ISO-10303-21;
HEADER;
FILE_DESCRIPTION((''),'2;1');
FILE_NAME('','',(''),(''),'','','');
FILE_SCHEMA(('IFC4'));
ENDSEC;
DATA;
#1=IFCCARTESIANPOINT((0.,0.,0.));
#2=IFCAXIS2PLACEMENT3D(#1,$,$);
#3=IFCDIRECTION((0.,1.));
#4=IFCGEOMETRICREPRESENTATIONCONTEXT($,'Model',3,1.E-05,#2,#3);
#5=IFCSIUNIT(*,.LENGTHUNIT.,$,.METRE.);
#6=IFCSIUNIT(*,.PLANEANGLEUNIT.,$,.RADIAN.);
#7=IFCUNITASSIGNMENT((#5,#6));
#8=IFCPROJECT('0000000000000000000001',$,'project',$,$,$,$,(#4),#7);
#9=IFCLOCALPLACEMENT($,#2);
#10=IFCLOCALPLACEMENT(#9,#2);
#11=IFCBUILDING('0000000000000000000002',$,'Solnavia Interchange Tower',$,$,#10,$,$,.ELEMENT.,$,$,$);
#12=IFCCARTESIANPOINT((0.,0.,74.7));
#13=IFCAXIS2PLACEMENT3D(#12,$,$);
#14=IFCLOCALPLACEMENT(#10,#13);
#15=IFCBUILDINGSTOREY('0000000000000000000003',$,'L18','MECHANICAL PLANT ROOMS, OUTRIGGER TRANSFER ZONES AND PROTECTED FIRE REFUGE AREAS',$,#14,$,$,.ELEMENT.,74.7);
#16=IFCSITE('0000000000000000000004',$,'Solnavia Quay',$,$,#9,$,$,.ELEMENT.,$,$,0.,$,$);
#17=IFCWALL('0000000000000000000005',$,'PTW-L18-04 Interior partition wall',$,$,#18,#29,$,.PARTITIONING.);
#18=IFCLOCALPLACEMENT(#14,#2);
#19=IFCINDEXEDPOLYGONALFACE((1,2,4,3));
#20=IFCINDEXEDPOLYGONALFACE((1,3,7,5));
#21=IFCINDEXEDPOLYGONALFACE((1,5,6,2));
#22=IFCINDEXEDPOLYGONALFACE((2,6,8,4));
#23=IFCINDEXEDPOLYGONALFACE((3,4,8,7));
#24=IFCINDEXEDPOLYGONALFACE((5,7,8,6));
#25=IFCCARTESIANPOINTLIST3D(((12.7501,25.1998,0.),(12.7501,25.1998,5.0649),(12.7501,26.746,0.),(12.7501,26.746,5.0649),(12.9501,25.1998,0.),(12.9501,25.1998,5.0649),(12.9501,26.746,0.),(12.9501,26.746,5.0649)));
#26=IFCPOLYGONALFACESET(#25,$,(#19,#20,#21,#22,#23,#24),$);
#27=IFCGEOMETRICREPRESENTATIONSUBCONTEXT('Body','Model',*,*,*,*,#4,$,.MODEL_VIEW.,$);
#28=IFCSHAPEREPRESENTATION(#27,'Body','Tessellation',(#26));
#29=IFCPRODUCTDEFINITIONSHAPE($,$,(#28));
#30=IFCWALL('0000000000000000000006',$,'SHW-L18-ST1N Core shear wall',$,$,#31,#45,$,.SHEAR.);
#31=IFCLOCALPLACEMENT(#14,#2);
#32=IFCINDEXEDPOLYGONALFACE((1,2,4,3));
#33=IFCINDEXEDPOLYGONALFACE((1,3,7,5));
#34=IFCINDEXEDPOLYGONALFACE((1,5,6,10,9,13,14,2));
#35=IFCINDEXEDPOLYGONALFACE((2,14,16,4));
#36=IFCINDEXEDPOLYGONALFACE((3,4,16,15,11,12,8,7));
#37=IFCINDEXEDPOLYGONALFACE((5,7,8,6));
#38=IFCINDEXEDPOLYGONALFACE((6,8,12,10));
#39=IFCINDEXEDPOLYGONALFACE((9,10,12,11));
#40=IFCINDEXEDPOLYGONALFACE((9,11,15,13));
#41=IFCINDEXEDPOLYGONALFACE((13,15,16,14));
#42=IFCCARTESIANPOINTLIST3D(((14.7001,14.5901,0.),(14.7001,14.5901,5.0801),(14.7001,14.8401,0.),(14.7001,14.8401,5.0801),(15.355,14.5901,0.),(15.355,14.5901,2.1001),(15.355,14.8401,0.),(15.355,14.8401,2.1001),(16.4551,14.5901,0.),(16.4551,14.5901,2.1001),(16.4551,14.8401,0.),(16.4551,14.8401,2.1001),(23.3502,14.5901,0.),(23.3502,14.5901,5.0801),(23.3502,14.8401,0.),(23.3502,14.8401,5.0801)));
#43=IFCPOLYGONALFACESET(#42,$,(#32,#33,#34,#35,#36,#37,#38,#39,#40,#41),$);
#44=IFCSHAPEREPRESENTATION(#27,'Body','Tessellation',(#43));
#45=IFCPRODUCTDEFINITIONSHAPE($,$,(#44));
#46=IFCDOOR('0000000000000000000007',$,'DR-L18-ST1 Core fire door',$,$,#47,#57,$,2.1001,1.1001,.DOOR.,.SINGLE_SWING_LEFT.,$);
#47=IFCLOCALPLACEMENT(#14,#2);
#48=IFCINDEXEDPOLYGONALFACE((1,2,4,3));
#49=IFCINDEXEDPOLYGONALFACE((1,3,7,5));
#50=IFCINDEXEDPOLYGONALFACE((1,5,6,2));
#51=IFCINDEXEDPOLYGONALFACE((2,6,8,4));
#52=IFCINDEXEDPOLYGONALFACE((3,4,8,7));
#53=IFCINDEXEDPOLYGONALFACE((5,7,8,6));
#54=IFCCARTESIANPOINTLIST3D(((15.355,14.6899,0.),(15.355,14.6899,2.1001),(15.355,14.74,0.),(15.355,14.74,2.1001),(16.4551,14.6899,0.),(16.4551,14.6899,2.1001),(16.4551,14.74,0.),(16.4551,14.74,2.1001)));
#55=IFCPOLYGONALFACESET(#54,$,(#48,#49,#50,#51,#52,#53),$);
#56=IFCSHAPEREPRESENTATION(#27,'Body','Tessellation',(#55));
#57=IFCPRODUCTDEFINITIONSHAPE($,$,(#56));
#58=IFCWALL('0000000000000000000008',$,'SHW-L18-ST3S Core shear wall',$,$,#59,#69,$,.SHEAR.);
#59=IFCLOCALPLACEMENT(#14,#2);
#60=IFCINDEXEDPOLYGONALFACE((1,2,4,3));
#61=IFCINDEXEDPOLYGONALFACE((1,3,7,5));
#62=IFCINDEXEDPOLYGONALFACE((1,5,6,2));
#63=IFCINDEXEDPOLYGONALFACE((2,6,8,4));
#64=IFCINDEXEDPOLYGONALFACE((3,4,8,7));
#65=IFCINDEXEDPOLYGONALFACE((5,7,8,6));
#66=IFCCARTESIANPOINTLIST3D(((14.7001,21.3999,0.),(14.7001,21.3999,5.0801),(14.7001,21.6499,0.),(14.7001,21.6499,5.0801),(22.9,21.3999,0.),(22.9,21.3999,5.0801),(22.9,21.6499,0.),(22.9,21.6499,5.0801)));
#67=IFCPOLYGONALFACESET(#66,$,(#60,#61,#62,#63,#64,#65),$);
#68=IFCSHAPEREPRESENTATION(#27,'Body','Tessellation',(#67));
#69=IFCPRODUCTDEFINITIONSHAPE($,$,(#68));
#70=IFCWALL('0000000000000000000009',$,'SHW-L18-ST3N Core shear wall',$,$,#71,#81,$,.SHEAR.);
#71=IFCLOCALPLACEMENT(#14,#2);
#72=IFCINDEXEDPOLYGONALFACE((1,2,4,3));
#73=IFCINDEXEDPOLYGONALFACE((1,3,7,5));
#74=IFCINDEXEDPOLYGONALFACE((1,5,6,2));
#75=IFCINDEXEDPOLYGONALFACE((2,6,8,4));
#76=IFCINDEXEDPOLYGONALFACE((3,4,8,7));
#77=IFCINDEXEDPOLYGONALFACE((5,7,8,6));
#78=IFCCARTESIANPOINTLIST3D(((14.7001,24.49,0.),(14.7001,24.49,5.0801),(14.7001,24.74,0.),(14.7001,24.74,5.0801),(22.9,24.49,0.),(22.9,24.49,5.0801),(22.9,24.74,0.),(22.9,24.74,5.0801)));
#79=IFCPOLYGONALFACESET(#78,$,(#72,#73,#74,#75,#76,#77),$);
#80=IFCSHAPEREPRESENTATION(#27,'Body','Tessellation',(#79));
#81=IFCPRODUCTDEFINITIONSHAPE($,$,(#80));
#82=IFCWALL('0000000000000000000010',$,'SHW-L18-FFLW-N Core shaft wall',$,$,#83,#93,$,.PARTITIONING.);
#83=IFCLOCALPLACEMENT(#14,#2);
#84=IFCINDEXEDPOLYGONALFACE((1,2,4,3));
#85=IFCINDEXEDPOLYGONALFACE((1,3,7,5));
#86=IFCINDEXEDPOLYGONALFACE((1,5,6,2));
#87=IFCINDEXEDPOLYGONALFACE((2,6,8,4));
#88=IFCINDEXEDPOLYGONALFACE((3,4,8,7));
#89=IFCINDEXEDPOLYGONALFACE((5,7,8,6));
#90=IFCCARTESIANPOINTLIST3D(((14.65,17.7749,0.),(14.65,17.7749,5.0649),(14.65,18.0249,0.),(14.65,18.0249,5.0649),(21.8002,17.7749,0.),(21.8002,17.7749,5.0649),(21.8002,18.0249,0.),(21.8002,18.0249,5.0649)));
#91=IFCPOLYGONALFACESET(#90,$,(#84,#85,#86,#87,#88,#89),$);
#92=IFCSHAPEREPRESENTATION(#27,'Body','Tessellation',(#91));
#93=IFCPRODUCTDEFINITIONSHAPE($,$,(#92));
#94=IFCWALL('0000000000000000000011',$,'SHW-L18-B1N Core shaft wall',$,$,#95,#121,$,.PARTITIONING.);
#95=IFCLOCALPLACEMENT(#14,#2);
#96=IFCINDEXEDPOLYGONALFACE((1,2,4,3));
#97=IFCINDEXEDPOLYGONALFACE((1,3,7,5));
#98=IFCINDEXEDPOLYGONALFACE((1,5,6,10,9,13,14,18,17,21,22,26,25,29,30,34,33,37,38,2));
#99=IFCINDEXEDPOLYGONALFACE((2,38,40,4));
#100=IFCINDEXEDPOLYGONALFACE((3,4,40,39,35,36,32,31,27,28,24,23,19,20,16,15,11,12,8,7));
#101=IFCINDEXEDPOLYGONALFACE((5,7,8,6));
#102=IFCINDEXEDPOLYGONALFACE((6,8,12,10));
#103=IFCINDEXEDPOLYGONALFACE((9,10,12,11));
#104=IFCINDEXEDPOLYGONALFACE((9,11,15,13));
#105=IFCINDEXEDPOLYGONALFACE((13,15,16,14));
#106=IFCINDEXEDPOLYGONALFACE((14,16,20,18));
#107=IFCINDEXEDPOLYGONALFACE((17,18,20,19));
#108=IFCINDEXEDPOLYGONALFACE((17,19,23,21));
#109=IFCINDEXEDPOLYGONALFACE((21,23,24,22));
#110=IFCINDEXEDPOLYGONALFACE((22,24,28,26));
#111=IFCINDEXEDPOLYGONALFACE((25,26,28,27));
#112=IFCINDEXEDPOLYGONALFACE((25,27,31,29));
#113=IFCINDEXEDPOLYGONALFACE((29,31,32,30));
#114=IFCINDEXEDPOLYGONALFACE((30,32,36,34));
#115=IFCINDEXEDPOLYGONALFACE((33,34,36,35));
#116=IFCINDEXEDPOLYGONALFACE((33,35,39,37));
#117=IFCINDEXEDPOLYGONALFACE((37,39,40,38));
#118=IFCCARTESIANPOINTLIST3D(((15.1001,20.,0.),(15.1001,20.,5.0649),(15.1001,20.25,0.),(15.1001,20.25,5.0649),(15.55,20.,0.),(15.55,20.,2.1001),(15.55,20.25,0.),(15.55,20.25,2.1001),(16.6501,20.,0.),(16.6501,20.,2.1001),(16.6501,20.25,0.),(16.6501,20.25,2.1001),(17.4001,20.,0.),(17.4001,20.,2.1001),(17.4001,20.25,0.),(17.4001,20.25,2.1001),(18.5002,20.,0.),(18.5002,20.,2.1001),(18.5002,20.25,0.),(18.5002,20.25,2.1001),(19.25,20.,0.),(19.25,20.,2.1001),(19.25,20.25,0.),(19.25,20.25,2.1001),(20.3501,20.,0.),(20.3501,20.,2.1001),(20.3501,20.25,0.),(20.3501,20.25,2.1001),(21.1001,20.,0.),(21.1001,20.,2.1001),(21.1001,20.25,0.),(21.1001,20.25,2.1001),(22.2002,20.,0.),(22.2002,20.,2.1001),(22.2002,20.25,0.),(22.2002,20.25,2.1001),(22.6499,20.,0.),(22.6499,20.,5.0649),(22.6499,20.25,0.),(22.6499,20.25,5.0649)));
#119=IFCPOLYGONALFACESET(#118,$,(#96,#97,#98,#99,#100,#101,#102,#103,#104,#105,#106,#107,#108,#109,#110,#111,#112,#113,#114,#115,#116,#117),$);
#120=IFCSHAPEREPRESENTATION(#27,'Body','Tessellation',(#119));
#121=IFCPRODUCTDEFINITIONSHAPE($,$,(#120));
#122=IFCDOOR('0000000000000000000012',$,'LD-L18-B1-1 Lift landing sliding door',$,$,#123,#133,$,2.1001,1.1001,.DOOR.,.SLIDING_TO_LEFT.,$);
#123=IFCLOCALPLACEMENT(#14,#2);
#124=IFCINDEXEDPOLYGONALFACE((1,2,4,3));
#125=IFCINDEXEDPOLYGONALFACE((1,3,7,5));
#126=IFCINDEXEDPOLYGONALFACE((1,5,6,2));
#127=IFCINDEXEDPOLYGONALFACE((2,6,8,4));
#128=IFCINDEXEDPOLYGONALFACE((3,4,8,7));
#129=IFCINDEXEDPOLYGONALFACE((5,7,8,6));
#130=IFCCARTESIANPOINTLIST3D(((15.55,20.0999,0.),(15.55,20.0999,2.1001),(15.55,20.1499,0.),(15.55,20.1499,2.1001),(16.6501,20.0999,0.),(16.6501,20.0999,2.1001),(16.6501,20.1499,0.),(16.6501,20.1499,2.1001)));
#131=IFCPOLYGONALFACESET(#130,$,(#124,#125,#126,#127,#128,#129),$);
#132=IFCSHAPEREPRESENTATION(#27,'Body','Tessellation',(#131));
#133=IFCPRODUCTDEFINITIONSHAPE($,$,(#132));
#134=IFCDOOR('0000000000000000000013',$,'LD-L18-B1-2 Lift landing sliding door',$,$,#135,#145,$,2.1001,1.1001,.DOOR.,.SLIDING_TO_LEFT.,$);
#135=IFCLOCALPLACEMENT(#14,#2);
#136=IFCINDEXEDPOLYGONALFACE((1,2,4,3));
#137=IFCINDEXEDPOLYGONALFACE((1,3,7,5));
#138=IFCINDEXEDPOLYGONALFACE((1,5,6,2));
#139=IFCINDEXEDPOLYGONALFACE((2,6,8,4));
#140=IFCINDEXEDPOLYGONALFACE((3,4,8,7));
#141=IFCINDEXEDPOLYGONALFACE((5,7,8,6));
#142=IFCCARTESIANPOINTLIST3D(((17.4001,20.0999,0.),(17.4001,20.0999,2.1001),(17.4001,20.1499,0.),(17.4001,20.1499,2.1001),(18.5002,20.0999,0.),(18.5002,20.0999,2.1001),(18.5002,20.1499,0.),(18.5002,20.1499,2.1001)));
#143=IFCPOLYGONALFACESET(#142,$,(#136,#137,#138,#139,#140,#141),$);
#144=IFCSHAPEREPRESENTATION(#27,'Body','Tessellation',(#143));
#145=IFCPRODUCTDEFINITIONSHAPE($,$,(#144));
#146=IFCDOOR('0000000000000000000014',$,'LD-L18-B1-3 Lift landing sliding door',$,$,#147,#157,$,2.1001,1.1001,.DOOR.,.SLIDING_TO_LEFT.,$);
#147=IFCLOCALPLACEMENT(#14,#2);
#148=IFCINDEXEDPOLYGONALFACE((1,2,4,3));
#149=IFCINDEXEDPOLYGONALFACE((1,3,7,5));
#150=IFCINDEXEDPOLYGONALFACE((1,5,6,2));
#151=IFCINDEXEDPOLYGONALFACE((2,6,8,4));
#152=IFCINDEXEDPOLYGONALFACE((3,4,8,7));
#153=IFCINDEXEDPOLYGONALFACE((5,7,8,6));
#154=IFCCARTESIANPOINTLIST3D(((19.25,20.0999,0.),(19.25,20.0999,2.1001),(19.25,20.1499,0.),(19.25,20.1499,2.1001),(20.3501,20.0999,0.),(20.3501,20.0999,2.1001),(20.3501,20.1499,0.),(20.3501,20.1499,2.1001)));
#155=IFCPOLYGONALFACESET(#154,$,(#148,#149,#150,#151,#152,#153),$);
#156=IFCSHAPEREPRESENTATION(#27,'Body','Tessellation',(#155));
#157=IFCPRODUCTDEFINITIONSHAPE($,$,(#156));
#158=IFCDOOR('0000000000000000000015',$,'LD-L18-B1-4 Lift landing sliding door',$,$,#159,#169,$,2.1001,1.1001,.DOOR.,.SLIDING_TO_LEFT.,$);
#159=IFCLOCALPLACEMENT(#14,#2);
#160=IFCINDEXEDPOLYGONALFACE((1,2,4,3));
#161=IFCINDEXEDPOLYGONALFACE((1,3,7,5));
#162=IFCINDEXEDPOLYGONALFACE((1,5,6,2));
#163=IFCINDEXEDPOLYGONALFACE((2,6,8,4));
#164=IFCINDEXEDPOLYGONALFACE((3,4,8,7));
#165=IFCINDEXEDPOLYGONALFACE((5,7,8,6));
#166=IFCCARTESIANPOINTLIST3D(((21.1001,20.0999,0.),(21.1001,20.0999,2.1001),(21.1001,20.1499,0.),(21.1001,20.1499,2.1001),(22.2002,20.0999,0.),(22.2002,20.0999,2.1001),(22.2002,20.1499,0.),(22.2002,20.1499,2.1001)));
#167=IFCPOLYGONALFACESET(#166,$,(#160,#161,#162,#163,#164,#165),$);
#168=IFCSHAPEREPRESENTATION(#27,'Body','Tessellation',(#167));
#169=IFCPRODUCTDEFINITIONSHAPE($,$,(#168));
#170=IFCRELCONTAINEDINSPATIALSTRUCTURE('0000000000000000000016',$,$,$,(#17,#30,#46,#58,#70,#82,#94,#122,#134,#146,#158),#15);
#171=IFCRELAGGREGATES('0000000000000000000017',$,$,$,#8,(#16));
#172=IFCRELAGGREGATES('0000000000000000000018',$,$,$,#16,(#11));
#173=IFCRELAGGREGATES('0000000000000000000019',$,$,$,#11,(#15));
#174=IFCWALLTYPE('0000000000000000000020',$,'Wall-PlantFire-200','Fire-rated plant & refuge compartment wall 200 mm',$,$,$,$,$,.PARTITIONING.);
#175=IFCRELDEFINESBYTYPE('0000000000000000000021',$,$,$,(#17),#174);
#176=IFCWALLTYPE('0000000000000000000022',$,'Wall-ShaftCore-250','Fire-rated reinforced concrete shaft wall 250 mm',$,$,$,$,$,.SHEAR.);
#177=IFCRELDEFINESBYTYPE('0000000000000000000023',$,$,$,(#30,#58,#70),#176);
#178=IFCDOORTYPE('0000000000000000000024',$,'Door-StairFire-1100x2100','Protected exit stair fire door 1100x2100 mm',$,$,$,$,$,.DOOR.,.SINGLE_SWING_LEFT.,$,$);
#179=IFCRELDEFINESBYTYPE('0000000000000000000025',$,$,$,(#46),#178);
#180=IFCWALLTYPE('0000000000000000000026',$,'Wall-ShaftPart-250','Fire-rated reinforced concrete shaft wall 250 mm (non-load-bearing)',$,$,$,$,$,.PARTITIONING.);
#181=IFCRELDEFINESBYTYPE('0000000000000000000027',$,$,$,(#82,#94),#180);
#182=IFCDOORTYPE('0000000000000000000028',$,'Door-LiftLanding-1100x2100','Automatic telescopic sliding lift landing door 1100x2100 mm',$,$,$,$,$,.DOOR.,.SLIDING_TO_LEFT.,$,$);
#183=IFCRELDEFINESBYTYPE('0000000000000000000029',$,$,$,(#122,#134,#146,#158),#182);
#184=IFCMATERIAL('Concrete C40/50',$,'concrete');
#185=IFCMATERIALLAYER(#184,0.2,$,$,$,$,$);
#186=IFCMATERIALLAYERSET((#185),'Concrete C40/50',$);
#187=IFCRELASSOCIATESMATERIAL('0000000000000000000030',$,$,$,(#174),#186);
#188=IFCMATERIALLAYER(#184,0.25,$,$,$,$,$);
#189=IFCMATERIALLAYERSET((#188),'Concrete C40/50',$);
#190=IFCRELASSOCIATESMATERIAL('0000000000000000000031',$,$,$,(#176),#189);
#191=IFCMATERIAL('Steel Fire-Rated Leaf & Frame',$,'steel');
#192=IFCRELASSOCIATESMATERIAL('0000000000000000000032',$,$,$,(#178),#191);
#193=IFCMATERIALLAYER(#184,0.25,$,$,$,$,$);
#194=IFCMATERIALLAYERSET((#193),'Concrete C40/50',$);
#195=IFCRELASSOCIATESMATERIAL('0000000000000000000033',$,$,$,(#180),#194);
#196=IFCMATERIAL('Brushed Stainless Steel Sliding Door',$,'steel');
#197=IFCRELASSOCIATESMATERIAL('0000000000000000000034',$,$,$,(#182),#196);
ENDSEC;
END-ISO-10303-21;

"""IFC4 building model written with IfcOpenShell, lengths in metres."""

from ifc_helpers import new_model, si_unit, direction, frame, frame_2d, origin, place, context, subcontext, project, spatial, rectangle, extrude, material, layer, layer_set, type_object, element, fill, save


model = new_model("IFC4")

# Units and contexts
model_context = context("Model", 3, precision=1e-05, world=origin(), true_north=direction((0.0, 1.0)))
body_context = subcontext(model_context, "Body", "Model", "MODEL_VIEW")
ifc_project = project(units=[si_unit("LENGTHUNIT", "METRE"), si_unit("PLANEANGLEUNIT", "RADIAN")], contexts=[model_context])

# Site, building, storey
site_placement = place(None, origin())
site = spatial("IfcSite", under=ifc_project, at=site_placement, Name="Solnavia Quay", CompositionType="ELEMENT", RefElevation=0.0)
building_placement = place(site_placement, origin())
building = spatial("IfcBuilding", under=site, at=building_placement, Name="Solnavia Interchange Tower", CompositionType="ELEMENT")
storey_placement = place(building_placement, frame((0.0, 0.0, 74.7)))
storey = spatial("IfcBuildingStorey", under=building, at=storey_placement, Name="L18", Description="MECHANICAL PLANT ROOMS, OUTRIGGER TRANSFER ZONES AND PROTECTED FIRE REFUGE AREAS", CompositionType="ELEMENT", Elevation=74.7)

# Wall
ifc_material_1 = material(Name="Concrete C40/50", Category="concrete")
ifc_layer_1 = layer(ifc_material_1, 0.2)
ifc_layer_set_1 = layer_set([ifc_layer_1], Name="Concrete C40/50")
wall_type_1 = type_object("IfcWallType", Name="Wall-PlantFire-200", Description="Fire-rated plant & refuge compartment wall 200 mm", PredefinedType="PARTITIONING", material=ifc_layer_set_1)
wall_1_placement = place(storey_placement, frame((12.8501, 25.2, 0.0), z_axis=(0.0, 0.0, 1.0), x_axis=(0.0, 1.0, 0.0)))
element("IfcWall", 1, at=wall_1_placement, inside=storey, type_object=wall_type_1, Name="PTW-L18-04 Interior partition wall", PredefinedType="PARTITIONING", context=body_context, shape_type="SweptSolid", body=[
    extrude(rectangle(XDim=1.5461, YDim=0.2, at=frame_2d((0.7729, 0.0))), origin(), (0.0, 0.0, 1.0), 5.0649),
])

# Wall, opening, door
ifc_layer_2 = layer(ifc_material_1, 0.25)
ifc_layer_set_2 = layer_set([ifc_layer_2], Name="Concrete C40/50")
wall_type_2 = type_object("IfcWallType", Name="Wall-ShaftCore-250", Description="Fire-rated reinforced concrete shaft wall 250 mm", PredefinedType="SHEAR", material=ifc_layer_set_2)
wall_2_placement = place(storey_placement, frame((14.7, 14.7151, 0.0), z_axis=(0.0, 0.0, 1.0), x_axis=(1.0, 0.0, 0.0)))
wall_2 = element("IfcWall", 2, at=wall_2_placement, inside=storey, type_object=wall_type_2, Name="SHW-L18-ST1N Core shear wall", PredefinedType="SHEAR", context=body_context, shape_type="SweptSolid", body=[
    extrude(rectangle(XDim=8.6501, YDim=0.25, at=frame_2d((4.3252, 0.0))), origin(), (0.0, 0.0, 1.0), 5.0801),
])
opening_1_placement = place(wall_2_placement, frame((0.655, 0.0, 0.0)))
opening_1 = element("IfcOpeningElement", 3, at=opening_1_placement, cuts=wall_2, PredefinedType="OPENING", context=body_context, shape_type="SweptSolid", body=[
    extrude(rectangle(XDim=1.1001, YDim=2.1001, at=frame_2d((0.55, 1.05))), frame((0.0, 0.135, 0.0), z_axis=(0.0, -1.0, 0.0), x_axis=(1.0, 0.0, 0.0)), (0.0, 0.0, 1.0), 0.27),
])
ifc_material_2 = material(Name="Steel Fire-Rated Leaf & Frame", Category="steel")
door_type_1 = type_object("IfcDoorType", Name="Door-StairFire-1100x2100", Description="Protected exit stair fire door 1100x2100 mm", OperationType="SINGLE_SWING_LEFT", PredefinedType="DOOR", material=ifc_material_2)
door_1_placement = place(opening_1_placement, origin())
door_1 = element("IfcDoor", 4, at=door_1_placement, inside=storey, type_object=door_type_1, Name="DR-L18-ST1 Core fire door", OperationType="SINGLE_SWING_LEFT", OverallHeight=2.1001, OverallWidth=1.1001, PredefinedType="DOOR", context=body_context, shape_type="SweptSolid", body=[
    extrude(rectangle(XDim=1.1001, YDim=2.1001, at=frame_2d((0.55, 1.05))), frame((0.0, 0.0249, 0.0), z_axis=(0.0, -1.0, 0.0), x_axis=(1.0, 0.0, 0.0)), (0.0, 0.0, 1.0), 0.05),
])
fill(opening_1, door_1)

# Walls
for number, where, z_axis, x_axis, name in (
    (5, (14.7, 21.5249, 0.0), (0.0, 0.0, 1.0), (1.0, 0.0, 0.0), "SHW-L18-ST3S Core shear wall"),
    (6, (14.7, 24.615, 0.0), (0.0, 0.0, 1.0), (1.0, 0.0, 0.0), "SHW-L18-ST3N Core shear wall"),
):
    element("IfcWall", number, at=place(storey_placement, frame(where, z_axis=z_axis, x_axis=x_axis)), inside=storey, type_object=wall_type_2, Name=name, PredefinedType="SHEAR", context=body_context, shape_type="SweptSolid", body=[
        extrude(rectangle(XDim=8.2, YDim=0.25, at=frame_2d((4.1001, 0.0))), origin(), (0.0, 0.0, 1.0), 5.0801),
    ])
ifc_layer_3 = layer(ifc_material_1, 0.25)
ifc_layer_set_3 = layer_set([ifc_layer_3], Name="Concrete C40/50")
wall_type_3 = type_object("IfcWallType", Name="Wall-ShaftPart-250", Description="Fire-rated reinforced concrete shaft wall 250 mm (non-load-bearing)", PredefinedType="PARTITIONING", material=ifc_layer_set_3)
wall_3_placement = place(storey_placement, frame((14.6499, 17.8999, 0.0), z_axis=(0.0, 0.0, 1.0), x_axis=(1.0, 0.0, 0.0)))
element("IfcWall", 7, at=wall_3_placement, inside=storey, type_object=wall_type_3, Name="SHW-L18-FFLW-N Core shaft wall", PredefinedType="PARTITIONING", context=body_context, shape_type="SweptSolid", body=[
    extrude(rectangle(XDim=7.1501, YDim=0.25, at=frame_2d((3.5752, 0.0))), origin(), (0.0, 0.0, 1.0), 5.0649),
])

# Wall, openings, doors
wall_4_placement = place(storey_placement, frame((15.1001, 20.125, 0.0), z_axis=(0.0, 0.0, 1.0), x_axis=(1.0, 0.0, 0.0)))
wall_4 = element("IfcWall", 8, at=wall_4_placement, inside=storey, type_object=wall_type_3, Name="SHW-L18-B1N Core shaft wall", PredefinedType="PARTITIONING", context=body_context, shape_type="SweptSolid", body=[
    extrude(rectangle(XDim=7.5498, YDim=0.25, at=frame_2d((3.7749, 0.0))), origin(), (0.0, 0.0, 1.0), 5.0649),
])
opening_2_placement = place(wall_4_placement, frame((0.45, 0.0, 0.0)))
opening_2 = element("IfcOpeningElement", 9, at=opening_2_placement, cuts=wall_4, PredefinedType="OPENING", context=body_context, shape_type="SweptSolid", body=[
    extrude(rectangle(XDim=1.1001, YDim=2.1001, at=frame_2d((0.55, 1.05))), frame((0.0, 0.135, 0.0), z_axis=(0.0, -1.0, 0.0), x_axis=(1.0, 0.0, 0.0)), (0.0, 0.0, 1.0), 0.27),
])
opening_3_placement = place(wall_4_placement, frame((2.3, 0.0, 0.0)))
opening_3 = element("IfcOpeningElement", 10, at=opening_3_placement, cuts=wall_4, PredefinedType="OPENING", context=body_context, shape_type="SweptSolid", body=[
    extrude(rectangle(XDim=1.1001, YDim=2.1001, at=frame_2d((0.55, 1.05))), frame((0.0, 0.135, 0.0), z_axis=(0.0, -1.0, 0.0), x_axis=(1.0, 0.0, 0.0)), (0.0, 0.0, 1.0), 0.27),
])
opening_4_placement = place(wall_4_placement, frame((4.1499, 0.0, 0.0)))
opening_4 = element("IfcOpeningElement", 11, at=opening_4_placement, cuts=wall_4, PredefinedType="OPENING", context=body_context, shape_type="SweptSolid", body=[
    extrude(rectangle(XDim=1.1001, YDim=2.1001, at=frame_2d((0.55, 1.05))), frame((0.0, 0.135, 0.0), z_axis=(0.0, -1.0, 0.0), x_axis=(1.0, 0.0, 0.0)), (0.0, 0.0, 1.0), 0.27),
])
opening_5_placement = place(wall_4_placement, frame((6.0, 0.0, 0.0)))
opening_5 = element("IfcOpeningElement", 12, at=opening_5_placement, cuts=wall_4, PredefinedType="OPENING", context=body_context, shape_type="SweptSolid", body=[
    extrude(rectangle(XDim=1.1001, YDim=2.1001, at=frame_2d((0.55, 1.05))), frame((0.0, 0.135, 0.0), z_axis=(0.0, -1.0, 0.0), x_axis=(1.0, 0.0, 0.0)), (0.0, 0.0, 1.0), 0.27),
])
ifc_material_3 = material(Name="Brushed Stainless Steel Sliding Door", Category="steel")
door_type_2 = type_object("IfcDoorType", Name="Door-LiftLanding-1100x2100", Description="Automatic telescopic sliding lift landing door 1100x2100 mm", OperationType="SLIDING_TO_LEFT", PredefinedType="DOOR", material=ifc_material_3)
door_2_placement = place(opening_2_placement, origin())
door_2 = element("IfcDoor", 13, at=door_2_placement, inside=storey, type_object=door_type_2, Name="LD-L18-B1-1 Lift landing sliding door", OperationType="SLIDING_TO_LEFT", OverallHeight=2.1001, OverallWidth=1.1001, PredefinedType="DOOR", context=body_context, shape_type="SweptSolid", body=[
    extrude(rectangle(XDim=1.1001, YDim=2.1001, at=frame_2d((0.55, 1.05))), frame((0.0, 0.0249, 0.0), z_axis=(0.0, -1.0, 0.0), x_axis=(1.0, 0.0, 0.0)), (0.0, 0.0, 1.0), 0.05),
])
fill(opening_2, door_2)
door_3_placement = place(opening_3_placement, origin())
door_3 = element("IfcDoor", 14, at=door_3_placement, inside=storey, type_object=door_type_2, Name="LD-L18-B1-2 Lift landing sliding door", OperationType="SLIDING_TO_LEFT", OverallHeight=2.1001, OverallWidth=1.1001, PredefinedType="DOOR", context=body_context, shape_type="SweptSolid", body=[
    extrude(rectangle(XDim=1.1001, YDim=2.1001, at=frame_2d((0.55, 1.05))), frame((0.0, 0.0249, 0.0), z_axis=(0.0, -1.0, 0.0), x_axis=(1.0, 0.0, 0.0)), (0.0, 0.0, 1.0), 0.05),
])
fill(opening_3, door_3)
door_4_placement = place(opening_4_placement, origin())
door_4 = element("IfcDoor", 15, at=door_4_placement, inside=storey, type_object=door_type_2, Name="LD-L18-B1-3 Lift landing sliding door", OperationType="SLIDING_TO_LEFT", OverallHeight=2.1001, OverallWidth=1.1001, PredefinedType="DOOR", context=body_context, shape_type="SweptSolid", body=[
    extrude(rectangle(XDim=1.1001, YDim=2.1001, at=frame_2d((0.55, 1.05))), frame((0.0, 0.0249, 0.0), z_axis=(0.0, -1.0, 0.0), x_axis=(1.0, 0.0, 0.0)), (0.0, 0.0, 1.0), 0.05),
])
fill(opening_4, door_4)
door_5_placement = place(opening_5_placement, origin())
door_5 = element("IfcDoor", 16, at=door_5_placement, inside=storey, type_object=door_type_2, Name="LD-L18-B1-4 Lift landing sliding door", OperationType="SLIDING_TO_LEFT", OverallHeight=2.1001, OverallWidth=1.1001, PredefinedType="DOOR", context=body_context, shape_type="SweptSolid", body=[
    extrude(rectangle(XDim=1.1001, YDim=2.1001, at=frame_2d((0.55, 1.05))), frame((0.0, 0.0249, 0.0), z_axis=(0.0, -1.0, 0.0), x_axis=(1.0, 0.0, 0.0)), (0.0, 0.0, 1.0), 0.05),
])
fill(opening_5, door_5)

save(model, "model.ifc")
